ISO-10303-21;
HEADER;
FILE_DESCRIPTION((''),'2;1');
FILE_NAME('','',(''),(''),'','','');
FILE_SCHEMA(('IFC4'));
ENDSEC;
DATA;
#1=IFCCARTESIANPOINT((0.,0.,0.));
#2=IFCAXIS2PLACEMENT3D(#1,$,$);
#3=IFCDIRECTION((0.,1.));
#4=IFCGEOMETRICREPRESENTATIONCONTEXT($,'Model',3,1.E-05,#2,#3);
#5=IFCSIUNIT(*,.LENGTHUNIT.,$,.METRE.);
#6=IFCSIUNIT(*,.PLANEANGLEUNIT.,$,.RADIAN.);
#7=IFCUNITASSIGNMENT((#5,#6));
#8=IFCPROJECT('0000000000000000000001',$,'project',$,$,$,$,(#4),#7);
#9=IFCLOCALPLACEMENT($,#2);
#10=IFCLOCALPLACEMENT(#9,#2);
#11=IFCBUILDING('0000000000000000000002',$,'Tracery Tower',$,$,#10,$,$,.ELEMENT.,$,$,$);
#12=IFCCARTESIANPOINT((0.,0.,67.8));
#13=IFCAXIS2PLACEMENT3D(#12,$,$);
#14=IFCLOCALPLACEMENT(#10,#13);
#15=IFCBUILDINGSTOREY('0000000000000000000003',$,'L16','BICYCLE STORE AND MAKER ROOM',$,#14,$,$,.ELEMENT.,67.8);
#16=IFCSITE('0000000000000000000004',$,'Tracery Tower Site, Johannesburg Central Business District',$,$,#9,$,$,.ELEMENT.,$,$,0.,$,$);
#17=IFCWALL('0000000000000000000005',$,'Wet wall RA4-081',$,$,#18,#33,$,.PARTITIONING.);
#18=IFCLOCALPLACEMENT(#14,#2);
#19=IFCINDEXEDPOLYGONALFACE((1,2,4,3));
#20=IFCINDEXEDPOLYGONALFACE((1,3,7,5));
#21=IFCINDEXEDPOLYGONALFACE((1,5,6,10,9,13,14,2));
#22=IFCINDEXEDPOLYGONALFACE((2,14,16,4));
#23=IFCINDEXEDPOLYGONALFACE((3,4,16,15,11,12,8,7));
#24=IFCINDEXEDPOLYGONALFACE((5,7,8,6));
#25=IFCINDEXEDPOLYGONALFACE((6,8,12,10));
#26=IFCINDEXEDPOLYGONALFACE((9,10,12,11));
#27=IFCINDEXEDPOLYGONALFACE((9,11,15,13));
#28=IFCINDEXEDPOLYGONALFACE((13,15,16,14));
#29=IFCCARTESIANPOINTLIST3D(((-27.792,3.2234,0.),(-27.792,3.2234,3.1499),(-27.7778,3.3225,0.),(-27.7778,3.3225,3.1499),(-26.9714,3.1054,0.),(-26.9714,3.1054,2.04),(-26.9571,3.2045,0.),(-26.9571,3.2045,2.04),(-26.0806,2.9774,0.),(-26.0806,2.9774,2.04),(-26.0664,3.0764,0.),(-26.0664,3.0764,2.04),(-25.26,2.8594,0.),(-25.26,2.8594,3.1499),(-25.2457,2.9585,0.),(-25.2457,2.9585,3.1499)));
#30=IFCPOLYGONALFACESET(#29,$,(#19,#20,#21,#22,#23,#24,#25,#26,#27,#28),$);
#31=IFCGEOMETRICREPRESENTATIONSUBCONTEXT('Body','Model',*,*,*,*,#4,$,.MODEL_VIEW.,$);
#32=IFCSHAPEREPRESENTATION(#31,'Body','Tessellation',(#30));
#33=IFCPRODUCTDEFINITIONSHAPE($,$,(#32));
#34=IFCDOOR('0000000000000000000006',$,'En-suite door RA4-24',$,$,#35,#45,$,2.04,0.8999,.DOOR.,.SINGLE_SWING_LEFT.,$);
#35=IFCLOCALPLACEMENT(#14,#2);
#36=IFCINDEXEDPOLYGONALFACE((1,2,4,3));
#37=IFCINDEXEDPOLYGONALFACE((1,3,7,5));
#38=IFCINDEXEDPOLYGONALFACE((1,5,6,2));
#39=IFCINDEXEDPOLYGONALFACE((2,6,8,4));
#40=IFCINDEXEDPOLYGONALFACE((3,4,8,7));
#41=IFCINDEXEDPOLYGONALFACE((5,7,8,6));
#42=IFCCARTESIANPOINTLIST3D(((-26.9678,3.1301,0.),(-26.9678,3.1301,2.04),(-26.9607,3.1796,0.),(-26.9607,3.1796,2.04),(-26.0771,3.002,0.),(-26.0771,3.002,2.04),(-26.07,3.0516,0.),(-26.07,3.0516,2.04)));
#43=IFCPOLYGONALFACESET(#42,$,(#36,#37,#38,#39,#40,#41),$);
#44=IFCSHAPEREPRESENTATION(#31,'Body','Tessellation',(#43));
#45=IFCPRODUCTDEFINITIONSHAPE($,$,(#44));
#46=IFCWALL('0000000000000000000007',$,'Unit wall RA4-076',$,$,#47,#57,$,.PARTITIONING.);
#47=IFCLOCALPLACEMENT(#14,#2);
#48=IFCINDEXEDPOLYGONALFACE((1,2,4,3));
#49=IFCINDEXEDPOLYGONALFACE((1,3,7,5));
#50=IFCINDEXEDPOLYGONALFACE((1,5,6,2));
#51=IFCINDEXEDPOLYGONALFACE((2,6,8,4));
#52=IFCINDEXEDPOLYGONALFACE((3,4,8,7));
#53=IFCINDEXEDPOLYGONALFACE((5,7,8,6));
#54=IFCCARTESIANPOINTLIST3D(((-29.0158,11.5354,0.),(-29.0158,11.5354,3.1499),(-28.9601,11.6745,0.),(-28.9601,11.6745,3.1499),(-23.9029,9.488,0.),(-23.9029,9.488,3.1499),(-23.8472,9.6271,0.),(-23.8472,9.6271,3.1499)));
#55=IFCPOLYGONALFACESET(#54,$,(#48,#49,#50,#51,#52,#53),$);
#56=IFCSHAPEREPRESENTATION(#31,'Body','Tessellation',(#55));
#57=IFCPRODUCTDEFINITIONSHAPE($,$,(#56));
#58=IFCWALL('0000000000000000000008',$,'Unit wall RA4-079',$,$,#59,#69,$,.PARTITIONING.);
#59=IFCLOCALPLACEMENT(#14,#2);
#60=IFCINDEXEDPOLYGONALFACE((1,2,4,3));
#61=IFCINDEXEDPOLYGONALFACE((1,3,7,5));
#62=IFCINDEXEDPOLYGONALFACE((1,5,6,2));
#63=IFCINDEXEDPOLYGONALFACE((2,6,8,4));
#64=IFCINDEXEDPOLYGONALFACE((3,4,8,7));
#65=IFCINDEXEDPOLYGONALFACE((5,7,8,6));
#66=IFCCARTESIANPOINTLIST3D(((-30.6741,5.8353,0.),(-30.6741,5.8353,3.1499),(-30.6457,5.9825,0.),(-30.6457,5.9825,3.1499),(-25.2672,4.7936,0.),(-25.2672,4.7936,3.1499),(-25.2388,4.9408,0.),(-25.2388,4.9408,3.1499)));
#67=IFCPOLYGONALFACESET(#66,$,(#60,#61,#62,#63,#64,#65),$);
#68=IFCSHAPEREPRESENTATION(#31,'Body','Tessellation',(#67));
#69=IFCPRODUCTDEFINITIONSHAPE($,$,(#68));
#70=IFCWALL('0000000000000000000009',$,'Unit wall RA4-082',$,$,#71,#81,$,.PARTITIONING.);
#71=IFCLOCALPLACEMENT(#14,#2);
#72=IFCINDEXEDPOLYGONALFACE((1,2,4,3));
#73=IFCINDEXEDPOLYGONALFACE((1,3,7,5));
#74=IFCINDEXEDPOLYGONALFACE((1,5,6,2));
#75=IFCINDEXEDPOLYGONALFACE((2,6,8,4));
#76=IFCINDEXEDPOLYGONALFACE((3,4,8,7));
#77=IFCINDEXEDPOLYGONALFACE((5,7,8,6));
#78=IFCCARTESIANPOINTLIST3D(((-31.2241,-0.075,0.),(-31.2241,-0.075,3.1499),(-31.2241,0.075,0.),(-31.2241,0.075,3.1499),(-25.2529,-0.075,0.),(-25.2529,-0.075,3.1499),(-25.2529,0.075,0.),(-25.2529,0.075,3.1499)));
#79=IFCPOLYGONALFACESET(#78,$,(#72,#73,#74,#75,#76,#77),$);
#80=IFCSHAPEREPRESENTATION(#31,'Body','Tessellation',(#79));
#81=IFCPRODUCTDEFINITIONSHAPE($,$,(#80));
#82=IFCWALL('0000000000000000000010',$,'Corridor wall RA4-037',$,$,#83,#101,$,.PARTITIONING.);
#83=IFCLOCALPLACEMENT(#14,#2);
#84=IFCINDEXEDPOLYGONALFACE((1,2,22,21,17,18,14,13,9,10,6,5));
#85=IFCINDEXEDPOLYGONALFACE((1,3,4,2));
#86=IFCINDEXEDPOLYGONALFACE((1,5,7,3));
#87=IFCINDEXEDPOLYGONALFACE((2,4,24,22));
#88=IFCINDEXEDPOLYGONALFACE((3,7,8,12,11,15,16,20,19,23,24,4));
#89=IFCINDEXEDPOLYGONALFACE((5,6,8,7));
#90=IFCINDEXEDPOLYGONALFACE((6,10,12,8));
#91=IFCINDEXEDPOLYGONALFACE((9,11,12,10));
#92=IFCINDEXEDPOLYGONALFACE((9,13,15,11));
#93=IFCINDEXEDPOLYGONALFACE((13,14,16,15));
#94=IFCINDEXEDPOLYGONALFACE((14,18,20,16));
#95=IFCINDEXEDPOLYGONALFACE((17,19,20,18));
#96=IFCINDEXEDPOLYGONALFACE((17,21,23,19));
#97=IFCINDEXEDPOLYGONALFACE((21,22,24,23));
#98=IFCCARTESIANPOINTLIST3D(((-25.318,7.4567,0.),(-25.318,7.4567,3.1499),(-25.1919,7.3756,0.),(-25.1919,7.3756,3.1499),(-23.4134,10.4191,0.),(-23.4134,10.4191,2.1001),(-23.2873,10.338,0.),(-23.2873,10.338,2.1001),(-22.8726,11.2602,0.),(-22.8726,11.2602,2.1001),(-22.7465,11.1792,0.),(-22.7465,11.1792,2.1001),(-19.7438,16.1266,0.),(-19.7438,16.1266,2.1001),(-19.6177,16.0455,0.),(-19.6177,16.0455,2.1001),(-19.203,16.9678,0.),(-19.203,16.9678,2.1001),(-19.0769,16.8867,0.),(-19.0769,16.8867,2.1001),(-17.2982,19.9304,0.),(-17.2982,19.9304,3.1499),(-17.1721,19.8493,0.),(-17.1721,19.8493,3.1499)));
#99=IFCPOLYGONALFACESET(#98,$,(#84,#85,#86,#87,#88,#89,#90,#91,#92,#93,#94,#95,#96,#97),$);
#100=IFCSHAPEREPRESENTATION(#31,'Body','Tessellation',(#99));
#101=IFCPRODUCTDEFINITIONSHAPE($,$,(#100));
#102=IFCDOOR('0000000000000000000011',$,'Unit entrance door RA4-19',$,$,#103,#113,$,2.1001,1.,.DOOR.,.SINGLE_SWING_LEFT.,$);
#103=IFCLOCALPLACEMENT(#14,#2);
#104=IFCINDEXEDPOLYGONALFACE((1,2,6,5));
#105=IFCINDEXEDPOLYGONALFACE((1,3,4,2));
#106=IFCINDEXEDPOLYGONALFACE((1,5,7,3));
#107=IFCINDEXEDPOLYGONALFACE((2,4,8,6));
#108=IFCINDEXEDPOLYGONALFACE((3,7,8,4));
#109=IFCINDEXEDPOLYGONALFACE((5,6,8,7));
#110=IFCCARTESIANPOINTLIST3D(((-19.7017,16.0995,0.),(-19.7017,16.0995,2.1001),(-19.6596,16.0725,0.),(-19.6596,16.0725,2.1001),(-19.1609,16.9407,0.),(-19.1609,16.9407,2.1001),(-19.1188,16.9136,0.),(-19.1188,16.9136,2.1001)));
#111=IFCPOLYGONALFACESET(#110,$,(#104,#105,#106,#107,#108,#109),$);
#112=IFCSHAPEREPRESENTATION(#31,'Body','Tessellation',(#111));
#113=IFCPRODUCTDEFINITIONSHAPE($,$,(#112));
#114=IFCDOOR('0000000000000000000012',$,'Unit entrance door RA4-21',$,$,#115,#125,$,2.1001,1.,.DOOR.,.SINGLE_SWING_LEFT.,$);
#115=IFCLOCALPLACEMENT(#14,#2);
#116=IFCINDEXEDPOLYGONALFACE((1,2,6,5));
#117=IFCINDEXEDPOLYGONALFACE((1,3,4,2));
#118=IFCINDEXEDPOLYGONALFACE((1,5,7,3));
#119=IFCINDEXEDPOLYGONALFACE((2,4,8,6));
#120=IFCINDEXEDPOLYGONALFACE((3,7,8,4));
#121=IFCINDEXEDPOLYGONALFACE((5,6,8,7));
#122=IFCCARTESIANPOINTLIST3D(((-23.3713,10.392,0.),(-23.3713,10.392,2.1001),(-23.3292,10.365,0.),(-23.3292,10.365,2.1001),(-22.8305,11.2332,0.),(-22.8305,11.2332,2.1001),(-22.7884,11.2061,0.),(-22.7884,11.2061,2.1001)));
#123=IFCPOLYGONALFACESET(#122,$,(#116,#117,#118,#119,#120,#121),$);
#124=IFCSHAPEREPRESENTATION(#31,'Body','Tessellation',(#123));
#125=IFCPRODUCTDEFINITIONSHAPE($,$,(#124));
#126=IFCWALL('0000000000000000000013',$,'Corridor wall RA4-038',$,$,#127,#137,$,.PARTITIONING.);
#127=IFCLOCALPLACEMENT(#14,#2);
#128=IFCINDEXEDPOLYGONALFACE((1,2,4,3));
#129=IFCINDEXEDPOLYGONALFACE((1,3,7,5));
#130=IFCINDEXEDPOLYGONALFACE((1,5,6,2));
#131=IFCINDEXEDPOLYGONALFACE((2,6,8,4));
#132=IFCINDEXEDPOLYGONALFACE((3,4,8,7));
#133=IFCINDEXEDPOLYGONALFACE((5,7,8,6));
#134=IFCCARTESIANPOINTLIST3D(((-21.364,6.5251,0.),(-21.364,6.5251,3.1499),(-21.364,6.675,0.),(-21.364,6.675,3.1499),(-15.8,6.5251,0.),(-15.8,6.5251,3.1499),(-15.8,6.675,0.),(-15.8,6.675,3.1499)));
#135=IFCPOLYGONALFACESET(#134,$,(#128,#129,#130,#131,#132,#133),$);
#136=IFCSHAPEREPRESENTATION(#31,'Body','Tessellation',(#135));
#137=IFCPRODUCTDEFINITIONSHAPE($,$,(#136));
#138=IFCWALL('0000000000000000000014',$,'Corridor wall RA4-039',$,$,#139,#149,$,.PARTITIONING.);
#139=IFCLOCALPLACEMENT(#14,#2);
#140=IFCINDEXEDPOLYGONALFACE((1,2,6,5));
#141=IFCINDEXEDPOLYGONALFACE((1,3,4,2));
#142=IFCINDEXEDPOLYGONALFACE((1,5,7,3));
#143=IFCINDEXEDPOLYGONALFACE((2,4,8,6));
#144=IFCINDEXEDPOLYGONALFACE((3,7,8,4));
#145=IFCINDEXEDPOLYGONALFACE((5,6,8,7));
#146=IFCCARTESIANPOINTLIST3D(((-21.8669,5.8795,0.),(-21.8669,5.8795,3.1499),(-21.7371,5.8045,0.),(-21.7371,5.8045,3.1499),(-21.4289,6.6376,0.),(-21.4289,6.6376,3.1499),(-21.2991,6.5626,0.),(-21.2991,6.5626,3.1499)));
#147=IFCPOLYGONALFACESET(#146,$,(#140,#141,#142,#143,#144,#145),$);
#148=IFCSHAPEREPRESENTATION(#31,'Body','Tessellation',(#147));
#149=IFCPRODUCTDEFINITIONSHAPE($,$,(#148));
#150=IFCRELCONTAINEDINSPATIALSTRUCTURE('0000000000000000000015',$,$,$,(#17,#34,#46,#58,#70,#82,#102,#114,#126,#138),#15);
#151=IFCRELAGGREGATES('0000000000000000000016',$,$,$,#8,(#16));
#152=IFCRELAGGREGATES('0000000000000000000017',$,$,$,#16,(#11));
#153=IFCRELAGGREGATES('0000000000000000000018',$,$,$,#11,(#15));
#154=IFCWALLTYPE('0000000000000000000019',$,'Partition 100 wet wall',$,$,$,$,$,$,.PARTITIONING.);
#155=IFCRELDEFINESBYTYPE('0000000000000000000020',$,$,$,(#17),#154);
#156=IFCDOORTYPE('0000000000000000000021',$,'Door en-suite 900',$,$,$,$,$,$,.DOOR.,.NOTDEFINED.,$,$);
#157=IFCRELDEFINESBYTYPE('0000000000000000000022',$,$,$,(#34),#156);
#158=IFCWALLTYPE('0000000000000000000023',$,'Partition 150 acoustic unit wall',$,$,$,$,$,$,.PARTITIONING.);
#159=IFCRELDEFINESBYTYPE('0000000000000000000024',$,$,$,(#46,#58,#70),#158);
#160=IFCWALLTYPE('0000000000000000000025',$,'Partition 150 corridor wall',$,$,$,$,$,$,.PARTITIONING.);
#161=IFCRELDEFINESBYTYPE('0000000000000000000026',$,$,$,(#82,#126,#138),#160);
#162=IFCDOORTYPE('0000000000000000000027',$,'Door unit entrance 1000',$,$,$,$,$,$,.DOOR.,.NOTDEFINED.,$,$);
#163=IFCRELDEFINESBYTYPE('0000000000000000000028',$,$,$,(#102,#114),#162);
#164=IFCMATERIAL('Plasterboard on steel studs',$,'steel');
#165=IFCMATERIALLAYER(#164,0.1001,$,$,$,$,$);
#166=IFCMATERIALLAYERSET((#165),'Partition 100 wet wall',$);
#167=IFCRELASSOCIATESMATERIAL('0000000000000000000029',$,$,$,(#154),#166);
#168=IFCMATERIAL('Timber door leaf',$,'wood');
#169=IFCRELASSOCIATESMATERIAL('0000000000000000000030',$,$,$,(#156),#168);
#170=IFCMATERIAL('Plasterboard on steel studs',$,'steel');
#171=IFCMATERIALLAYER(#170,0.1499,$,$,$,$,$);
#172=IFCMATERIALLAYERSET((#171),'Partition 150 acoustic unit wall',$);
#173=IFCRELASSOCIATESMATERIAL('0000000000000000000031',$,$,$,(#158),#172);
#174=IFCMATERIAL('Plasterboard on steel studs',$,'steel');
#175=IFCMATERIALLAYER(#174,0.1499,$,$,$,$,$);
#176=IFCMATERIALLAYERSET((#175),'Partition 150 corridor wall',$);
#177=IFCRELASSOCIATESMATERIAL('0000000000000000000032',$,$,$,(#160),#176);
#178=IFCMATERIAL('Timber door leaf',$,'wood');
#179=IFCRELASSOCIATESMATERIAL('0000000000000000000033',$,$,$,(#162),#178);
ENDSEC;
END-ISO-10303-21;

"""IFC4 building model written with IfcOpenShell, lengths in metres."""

from ifc_helpers import new_model, si_unit, direction, frame, frame_2d, origin, place, context, subcontext, project, spatial, rectangle, extrude, material, layer, layer_set, type_object, element, fill, save


model = new_model("IFC4")

# Units and contexts
model_context = context("Model", 3, precision=1e-05, world=origin(), true_north=direction((0.0, 1.0)))
body_context = subcontext(model_context, "Body", "Model", "MODEL_VIEW")
ifc_project = project(units=[si_unit("LENGTHUNIT", "METRE"), si_unit("PLANEANGLEUNIT", "RADIAN")], contexts=[model_context])

# Site, building, storey
site_placement = place(None, origin())
site = spatial("IfcSite", under=ifc_project, at=site_placement, Name="Tracery Tower Site, Johannesburg Central Business District", CompositionType="ELEMENT", RefElevation=0.0)
building_placement = place(site_placement, origin())
building = spatial("IfcBuilding", under=site, at=building_placement, Name="Tracery Tower", CompositionType="ELEMENT")
storey_placement = place(building_placement, frame((0.0, 0.0, 67.8)))
storey = spatial("IfcBuildingStorey", under=building, at=storey_placement, Name="L16", Description="BICYCLE STORE AND MAKER ROOM", CompositionType="ELEMENT", Elevation=67.8)

# Shared definitions
ifc_material_1 = material(Name="Plasterboard on steel studs", Category="steel")
ifc_layer_1 = layer(ifc_material_1, 0.1001)
ifc_layer_set_1 = layer_set([ifc_layer_1], Name="Partition 100 wet wall")
wall_type_1 = type_object("IfcWallType", Name="Partition 100 wet wall", PredefinedType="PARTITIONING", material=ifc_layer_set_1)

# Shared definitions
ifc_material_2 = material(Name="Timber door leaf", Category="wood")
door_type_1 = type_object("IfcDoorType", Name="Door en-suite 900", OperationType="NOTDEFINED", PredefinedType="DOOR", material=ifc_material_2)

# Wall, opening, door
wall_1_placement = place(storey_placement, frame((-27.7849, 3.2729, 0.0), z_axis=(0.0, 0.0, 1.0), x_axis=(0.989823, -0.142303, 0.0)))
wall_1 = element("IfcWall", 1, at=wall_1_placement, inside=storey, type_object=wall_type_1, Name="Wet wall RA4-081", PredefinedType="PARTITIONING", context=body_context, shape_type="SweptSolid", body=[
    extrude(rectangle(XDim=2.5581, YDim=0.1001, at=frame_2d((1.2791, 0.0))), origin(), (0.0, 0.0, 1.0), 3.1499),
])
opening_1_placement = place(wall_1_placement, frame((0.8291, 0.0, 0.0)))
opening_1 = element("IfcOpeningElement", 2, at=opening_1_placement, cuts=wall_1, PredefinedType="OPENING", context=body_context, shape_type="SweptSolid", body=[
    extrude(rectangle(XDim=0.8999, YDim=2.04, at=frame_2d((0.45, 1.02))), frame((0.0, 0.05, 0.0), z_axis=(0.0, -1.0, 0.0), x_axis=(1.0, 0.0, 0.0)), (0.0, 0.0, 1.0), 0.1001),
])
door_1_placement = place(opening_1_placement, origin())
door_1 = element("IfcDoor", 3, at=door_1_placement, inside=storey, type_object=door_type_1, Name="En-suite door RA4-24", OperationType="SINGLE_SWING_LEFT", OverallHeight=2.04, OverallWidth=0.8999, PredefinedType="DOOR", context=body_context, shape_type="SweptSolid", body=[
    extrude(rectangle(XDim=0.8999, YDim=2.04, at=frame_2d((0.45, 1.02))), frame((0.0, 0.0249, 0.0), z_axis=(0.0, -1.0, 0.0), x_axis=(1.0, 0.0, 0.0)), (0.0, 0.0, 1.0), 0.05),
])
fill(opening_1, door_1)

# Walls
ifc_material_3 = material(Name="Plasterboard on steel studs", Category="steel")
ifc_layer_2 = layer(ifc_material_3, 0.1499)
ifc_layer_set_2 = layer_set([ifc_layer_2], Name="Partition 150 acoustic unit wall")
wall_type_2 = type_object("IfcWallType", Name="Partition 150 acoustic unit wall", PredefinedType="PARTITIONING", material=ifc_layer_set_2)
wall_2_placement = place(storey_placement, frame((-28.988, 11.605, 0.0), z_axis=(0.0, 0.0, 1.0), x_axis=(0.928336, -0.371742, 0.0)))
element("IfcWall", 4, at=wall_2_placement, inside=storey, type_object=wall_type_2, Name="Unit wall RA4-076", PredefinedType="PARTITIONING", context=body_context, shape_type="SweptSolid", body=[
    extrude(rectangle(XDim=5.5076, YDim=0.1499, at=frame_2d((2.7539, 0.0))), origin(), (0.0, 0.0, 1.0), 3.1499),
])
wall_3_placement = place(storey_placement, frame((-30.6599, 5.9089, 0.0), z_axis=(0.0, 0.0, 1.0), x_axis=(0.981941, -0.189188, 0.0)))
element("IfcWall", 5, at=wall_3_placement, inside=storey, type_object=wall_type_2, Name="Unit wall RA4-079", PredefinedType="PARTITIONING", context=body_context, shape_type="SweptSolid", body=[
    extrude(rectangle(XDim=5.5063, YDim=0.1499, at=frame_2d((2.7532, 0.0))), origin(), (0.0, 0.0, 1.0), 3.1499),
])
wall_4_placement = place(storey_placement, frame((-31.2241, 0.0, 0.0), z_axis=(0.0, 0.0, 1.0), x_axis=(1.0, 0.0, 0.0)))
element("IfcWall", 6, at=wall_4_placement, inside=storey, type_object=wall_type_2, Name="Unit wall RA4-082", PredefinedType="PARTITIONING", context=body_context, shape_type="SweptSolid", body=[
    extrude(rectangle(XDim=5.9712, YDim=0.1499, at=frame_2d((2.9856, 0.0))), origin(), (0.0, 0.0, 1.0), 3.1499),
])

# Wall, openings, doors
ifc_material_4 = material(Name="Plasterboard on steel studs", Category="steel")
ifc_layer_3 = layer(ifc_material_4, 0.1499)
ifc_layer_set_3 = layer_set([ifc_layer_3], Name="Partition 150 corridor wall")
wall_type_3 = type_object("IfcWallType", Name="Partition 150 corridor wall", PredefinedType="PARTITIONING", material=ifc_layer_set_3)
wall_5_placement = place(storey_placement, frame((-25.2549, 7.4163, 0.0), z_axis=(0.0, 0.0, 1.0), x_axis=(0.540806, 0.841147, 0.0)))
wall_5 = element("IfcWall", 7, at=wall_5_placement, inside=storey, type_object=wall_type_3, Name="Corridor wall RA4-037", PredefinedType="PARTITIONING", context=body_context, shape_type="SweptSolid", body=[
    extrude(rectangle(XDim=14.8293, YDim=0.1499, at=frame_2d((7.4146, 0.0))), origin(), (0.0, 0.0, 1.0), 3.1499),
])
opening_2_placement = place(wall_5_placement, frame((10.3071, 0.0, 0.0)))
opening_2 = element("IfcOpeningElement", 8, at=opening_2_placement, cuts=wall_5, PredefinedType="OPENING", context=body_context, shape_type="SweptSolid", body=[
    extrude(rectangle(XDim=1.0, YDim=2.1001, at=frame_2d((0.5, 1.05))), frame((0.0, 0.075, 0.0), z_axis=(0.0, -1.0, 0.0), x_axis=(1.0, 0.0, 0.0)), (0.0, 0.0, 1.0), 0.1499),
])
opening_3_placement = place(wall_5_placement, frame((3.5217, 0.0, 0.0)))
opening_3 = element("IfcOpeningElement", 9, at=opening_3_placement, cuts=wall_5, PredefinedType="OPENING", context=body_context, shape_type="SweptSolid", body=[
    extrude(rectangle(XDim=1.0, YDim=2.1001, at=frame_2d((0.5, 1.05))), frame((0.0, 0.075, 0.0), z_axis=(0.0, -1.0, 0.0), x_axis=(1.0, 0.0, 0.0)), (0.0, 0.0, 1.0), 0.1499),
])
ifc_material_5 = material(Name="Timber door leaf", Category="wood")
door_type_2 = type_object("IfcDoorType", Name="Door unit entrance 1000", OperationType="NOTDEFINED", PredefinedType="DOOR", material=ifc_material_5)
door_2_placement = place(opening_2_placement, origin())
door_2 = element("IfcDoor", 10, at=door_2_placement, inside=storey, type_object=door_type_2, Name="Unit entrance door RA4-19", OperationType="SINGLE_SWING_LEFT", OverallHeight=2.1001, OverallWidth=1.0, PredefinedType="DOOR", context=body_context, shape_type="SweptSolid", body=[
    extrude(rectangle(XDim=1.0, YDim=2.1001, at=frame_2d((0.5, 1.05))), frame((0.0, 0.0249, 0.0), z_axis=(0.0, -1.0, 0.0), x_axis=(1.0, 0.0, 0.0)), (0.0, 0.0, 1.0), 0.05),
])
fill(opening_2, door_2)
door_3_placement = place(opening_3_placement, origin())
door_3 = element("IfcDoor", 11, at=door_3_placement, inside=storey, type_object=door_type_2, Name="Unit entrance door RA4-21", OperationType="SINGLE_SWING_LEFT", OverallHeight=2.1001, OverallWidth=1.0, PredefinedType="DOOR", context=body_context, shape_type="SweptSolid", body=[
    extrude(rectangle(XDim=1.0, YDim=2.1001, at=frame_2d((0.5, 1.05))), frame((0.0, 0.0249, 0.0), z_axis=(0.0, -1.0, 0.0), x_axis=(1.0, 0.0, 0.0)), (0.0, 0.0, 1.0), 0.05),
])
fill(opening_3, door_3)

# Walls
wall_6_placement = place(storey_placement, frame((-21.364, 6.6001, 0.0), z_axis=(0.0, 0.0, 1.0), x_axis=(1.0, 0.0, 0.0)))
element("IfcWall", 12, at=wall_6_placement, inside=storey, type_object=wall_type_3, Name="Corridor wall RA4-038", PredefinedType="PARTITIONING", context=body_context, shape_type="SweptSolid", body=[
    extrude(rectangle(XDim=5.564, YDim=0.1499, at=frame_2d((2.782, 0.0))), origin(), (0.0, 0.0, 1.0), 3.1499),
])
wall_7_placement = place(storey_placement, frame((-21.802, 5.842, 0.0), z_axis=(0.0, 0.0, 1.0), x_axis=(0.500278, 0.865865, 0.0)))
element("IfcWall", 13, at=wall_7_placement, inside=storey, type_object=wall_type_3, Name="Corridor wall RA4-039", PredefinedType="PARTITIONING", context=body_context, shape_type="SweptSolid", body=[
    extrude(rectangle(XDim=0.8755, YDim=0.1499, at=frame_2d((0.4377, 0.0))), origin(), (0.0, 0.0, 1.0), 3.1499),
])

save(model, "model.ifc")
